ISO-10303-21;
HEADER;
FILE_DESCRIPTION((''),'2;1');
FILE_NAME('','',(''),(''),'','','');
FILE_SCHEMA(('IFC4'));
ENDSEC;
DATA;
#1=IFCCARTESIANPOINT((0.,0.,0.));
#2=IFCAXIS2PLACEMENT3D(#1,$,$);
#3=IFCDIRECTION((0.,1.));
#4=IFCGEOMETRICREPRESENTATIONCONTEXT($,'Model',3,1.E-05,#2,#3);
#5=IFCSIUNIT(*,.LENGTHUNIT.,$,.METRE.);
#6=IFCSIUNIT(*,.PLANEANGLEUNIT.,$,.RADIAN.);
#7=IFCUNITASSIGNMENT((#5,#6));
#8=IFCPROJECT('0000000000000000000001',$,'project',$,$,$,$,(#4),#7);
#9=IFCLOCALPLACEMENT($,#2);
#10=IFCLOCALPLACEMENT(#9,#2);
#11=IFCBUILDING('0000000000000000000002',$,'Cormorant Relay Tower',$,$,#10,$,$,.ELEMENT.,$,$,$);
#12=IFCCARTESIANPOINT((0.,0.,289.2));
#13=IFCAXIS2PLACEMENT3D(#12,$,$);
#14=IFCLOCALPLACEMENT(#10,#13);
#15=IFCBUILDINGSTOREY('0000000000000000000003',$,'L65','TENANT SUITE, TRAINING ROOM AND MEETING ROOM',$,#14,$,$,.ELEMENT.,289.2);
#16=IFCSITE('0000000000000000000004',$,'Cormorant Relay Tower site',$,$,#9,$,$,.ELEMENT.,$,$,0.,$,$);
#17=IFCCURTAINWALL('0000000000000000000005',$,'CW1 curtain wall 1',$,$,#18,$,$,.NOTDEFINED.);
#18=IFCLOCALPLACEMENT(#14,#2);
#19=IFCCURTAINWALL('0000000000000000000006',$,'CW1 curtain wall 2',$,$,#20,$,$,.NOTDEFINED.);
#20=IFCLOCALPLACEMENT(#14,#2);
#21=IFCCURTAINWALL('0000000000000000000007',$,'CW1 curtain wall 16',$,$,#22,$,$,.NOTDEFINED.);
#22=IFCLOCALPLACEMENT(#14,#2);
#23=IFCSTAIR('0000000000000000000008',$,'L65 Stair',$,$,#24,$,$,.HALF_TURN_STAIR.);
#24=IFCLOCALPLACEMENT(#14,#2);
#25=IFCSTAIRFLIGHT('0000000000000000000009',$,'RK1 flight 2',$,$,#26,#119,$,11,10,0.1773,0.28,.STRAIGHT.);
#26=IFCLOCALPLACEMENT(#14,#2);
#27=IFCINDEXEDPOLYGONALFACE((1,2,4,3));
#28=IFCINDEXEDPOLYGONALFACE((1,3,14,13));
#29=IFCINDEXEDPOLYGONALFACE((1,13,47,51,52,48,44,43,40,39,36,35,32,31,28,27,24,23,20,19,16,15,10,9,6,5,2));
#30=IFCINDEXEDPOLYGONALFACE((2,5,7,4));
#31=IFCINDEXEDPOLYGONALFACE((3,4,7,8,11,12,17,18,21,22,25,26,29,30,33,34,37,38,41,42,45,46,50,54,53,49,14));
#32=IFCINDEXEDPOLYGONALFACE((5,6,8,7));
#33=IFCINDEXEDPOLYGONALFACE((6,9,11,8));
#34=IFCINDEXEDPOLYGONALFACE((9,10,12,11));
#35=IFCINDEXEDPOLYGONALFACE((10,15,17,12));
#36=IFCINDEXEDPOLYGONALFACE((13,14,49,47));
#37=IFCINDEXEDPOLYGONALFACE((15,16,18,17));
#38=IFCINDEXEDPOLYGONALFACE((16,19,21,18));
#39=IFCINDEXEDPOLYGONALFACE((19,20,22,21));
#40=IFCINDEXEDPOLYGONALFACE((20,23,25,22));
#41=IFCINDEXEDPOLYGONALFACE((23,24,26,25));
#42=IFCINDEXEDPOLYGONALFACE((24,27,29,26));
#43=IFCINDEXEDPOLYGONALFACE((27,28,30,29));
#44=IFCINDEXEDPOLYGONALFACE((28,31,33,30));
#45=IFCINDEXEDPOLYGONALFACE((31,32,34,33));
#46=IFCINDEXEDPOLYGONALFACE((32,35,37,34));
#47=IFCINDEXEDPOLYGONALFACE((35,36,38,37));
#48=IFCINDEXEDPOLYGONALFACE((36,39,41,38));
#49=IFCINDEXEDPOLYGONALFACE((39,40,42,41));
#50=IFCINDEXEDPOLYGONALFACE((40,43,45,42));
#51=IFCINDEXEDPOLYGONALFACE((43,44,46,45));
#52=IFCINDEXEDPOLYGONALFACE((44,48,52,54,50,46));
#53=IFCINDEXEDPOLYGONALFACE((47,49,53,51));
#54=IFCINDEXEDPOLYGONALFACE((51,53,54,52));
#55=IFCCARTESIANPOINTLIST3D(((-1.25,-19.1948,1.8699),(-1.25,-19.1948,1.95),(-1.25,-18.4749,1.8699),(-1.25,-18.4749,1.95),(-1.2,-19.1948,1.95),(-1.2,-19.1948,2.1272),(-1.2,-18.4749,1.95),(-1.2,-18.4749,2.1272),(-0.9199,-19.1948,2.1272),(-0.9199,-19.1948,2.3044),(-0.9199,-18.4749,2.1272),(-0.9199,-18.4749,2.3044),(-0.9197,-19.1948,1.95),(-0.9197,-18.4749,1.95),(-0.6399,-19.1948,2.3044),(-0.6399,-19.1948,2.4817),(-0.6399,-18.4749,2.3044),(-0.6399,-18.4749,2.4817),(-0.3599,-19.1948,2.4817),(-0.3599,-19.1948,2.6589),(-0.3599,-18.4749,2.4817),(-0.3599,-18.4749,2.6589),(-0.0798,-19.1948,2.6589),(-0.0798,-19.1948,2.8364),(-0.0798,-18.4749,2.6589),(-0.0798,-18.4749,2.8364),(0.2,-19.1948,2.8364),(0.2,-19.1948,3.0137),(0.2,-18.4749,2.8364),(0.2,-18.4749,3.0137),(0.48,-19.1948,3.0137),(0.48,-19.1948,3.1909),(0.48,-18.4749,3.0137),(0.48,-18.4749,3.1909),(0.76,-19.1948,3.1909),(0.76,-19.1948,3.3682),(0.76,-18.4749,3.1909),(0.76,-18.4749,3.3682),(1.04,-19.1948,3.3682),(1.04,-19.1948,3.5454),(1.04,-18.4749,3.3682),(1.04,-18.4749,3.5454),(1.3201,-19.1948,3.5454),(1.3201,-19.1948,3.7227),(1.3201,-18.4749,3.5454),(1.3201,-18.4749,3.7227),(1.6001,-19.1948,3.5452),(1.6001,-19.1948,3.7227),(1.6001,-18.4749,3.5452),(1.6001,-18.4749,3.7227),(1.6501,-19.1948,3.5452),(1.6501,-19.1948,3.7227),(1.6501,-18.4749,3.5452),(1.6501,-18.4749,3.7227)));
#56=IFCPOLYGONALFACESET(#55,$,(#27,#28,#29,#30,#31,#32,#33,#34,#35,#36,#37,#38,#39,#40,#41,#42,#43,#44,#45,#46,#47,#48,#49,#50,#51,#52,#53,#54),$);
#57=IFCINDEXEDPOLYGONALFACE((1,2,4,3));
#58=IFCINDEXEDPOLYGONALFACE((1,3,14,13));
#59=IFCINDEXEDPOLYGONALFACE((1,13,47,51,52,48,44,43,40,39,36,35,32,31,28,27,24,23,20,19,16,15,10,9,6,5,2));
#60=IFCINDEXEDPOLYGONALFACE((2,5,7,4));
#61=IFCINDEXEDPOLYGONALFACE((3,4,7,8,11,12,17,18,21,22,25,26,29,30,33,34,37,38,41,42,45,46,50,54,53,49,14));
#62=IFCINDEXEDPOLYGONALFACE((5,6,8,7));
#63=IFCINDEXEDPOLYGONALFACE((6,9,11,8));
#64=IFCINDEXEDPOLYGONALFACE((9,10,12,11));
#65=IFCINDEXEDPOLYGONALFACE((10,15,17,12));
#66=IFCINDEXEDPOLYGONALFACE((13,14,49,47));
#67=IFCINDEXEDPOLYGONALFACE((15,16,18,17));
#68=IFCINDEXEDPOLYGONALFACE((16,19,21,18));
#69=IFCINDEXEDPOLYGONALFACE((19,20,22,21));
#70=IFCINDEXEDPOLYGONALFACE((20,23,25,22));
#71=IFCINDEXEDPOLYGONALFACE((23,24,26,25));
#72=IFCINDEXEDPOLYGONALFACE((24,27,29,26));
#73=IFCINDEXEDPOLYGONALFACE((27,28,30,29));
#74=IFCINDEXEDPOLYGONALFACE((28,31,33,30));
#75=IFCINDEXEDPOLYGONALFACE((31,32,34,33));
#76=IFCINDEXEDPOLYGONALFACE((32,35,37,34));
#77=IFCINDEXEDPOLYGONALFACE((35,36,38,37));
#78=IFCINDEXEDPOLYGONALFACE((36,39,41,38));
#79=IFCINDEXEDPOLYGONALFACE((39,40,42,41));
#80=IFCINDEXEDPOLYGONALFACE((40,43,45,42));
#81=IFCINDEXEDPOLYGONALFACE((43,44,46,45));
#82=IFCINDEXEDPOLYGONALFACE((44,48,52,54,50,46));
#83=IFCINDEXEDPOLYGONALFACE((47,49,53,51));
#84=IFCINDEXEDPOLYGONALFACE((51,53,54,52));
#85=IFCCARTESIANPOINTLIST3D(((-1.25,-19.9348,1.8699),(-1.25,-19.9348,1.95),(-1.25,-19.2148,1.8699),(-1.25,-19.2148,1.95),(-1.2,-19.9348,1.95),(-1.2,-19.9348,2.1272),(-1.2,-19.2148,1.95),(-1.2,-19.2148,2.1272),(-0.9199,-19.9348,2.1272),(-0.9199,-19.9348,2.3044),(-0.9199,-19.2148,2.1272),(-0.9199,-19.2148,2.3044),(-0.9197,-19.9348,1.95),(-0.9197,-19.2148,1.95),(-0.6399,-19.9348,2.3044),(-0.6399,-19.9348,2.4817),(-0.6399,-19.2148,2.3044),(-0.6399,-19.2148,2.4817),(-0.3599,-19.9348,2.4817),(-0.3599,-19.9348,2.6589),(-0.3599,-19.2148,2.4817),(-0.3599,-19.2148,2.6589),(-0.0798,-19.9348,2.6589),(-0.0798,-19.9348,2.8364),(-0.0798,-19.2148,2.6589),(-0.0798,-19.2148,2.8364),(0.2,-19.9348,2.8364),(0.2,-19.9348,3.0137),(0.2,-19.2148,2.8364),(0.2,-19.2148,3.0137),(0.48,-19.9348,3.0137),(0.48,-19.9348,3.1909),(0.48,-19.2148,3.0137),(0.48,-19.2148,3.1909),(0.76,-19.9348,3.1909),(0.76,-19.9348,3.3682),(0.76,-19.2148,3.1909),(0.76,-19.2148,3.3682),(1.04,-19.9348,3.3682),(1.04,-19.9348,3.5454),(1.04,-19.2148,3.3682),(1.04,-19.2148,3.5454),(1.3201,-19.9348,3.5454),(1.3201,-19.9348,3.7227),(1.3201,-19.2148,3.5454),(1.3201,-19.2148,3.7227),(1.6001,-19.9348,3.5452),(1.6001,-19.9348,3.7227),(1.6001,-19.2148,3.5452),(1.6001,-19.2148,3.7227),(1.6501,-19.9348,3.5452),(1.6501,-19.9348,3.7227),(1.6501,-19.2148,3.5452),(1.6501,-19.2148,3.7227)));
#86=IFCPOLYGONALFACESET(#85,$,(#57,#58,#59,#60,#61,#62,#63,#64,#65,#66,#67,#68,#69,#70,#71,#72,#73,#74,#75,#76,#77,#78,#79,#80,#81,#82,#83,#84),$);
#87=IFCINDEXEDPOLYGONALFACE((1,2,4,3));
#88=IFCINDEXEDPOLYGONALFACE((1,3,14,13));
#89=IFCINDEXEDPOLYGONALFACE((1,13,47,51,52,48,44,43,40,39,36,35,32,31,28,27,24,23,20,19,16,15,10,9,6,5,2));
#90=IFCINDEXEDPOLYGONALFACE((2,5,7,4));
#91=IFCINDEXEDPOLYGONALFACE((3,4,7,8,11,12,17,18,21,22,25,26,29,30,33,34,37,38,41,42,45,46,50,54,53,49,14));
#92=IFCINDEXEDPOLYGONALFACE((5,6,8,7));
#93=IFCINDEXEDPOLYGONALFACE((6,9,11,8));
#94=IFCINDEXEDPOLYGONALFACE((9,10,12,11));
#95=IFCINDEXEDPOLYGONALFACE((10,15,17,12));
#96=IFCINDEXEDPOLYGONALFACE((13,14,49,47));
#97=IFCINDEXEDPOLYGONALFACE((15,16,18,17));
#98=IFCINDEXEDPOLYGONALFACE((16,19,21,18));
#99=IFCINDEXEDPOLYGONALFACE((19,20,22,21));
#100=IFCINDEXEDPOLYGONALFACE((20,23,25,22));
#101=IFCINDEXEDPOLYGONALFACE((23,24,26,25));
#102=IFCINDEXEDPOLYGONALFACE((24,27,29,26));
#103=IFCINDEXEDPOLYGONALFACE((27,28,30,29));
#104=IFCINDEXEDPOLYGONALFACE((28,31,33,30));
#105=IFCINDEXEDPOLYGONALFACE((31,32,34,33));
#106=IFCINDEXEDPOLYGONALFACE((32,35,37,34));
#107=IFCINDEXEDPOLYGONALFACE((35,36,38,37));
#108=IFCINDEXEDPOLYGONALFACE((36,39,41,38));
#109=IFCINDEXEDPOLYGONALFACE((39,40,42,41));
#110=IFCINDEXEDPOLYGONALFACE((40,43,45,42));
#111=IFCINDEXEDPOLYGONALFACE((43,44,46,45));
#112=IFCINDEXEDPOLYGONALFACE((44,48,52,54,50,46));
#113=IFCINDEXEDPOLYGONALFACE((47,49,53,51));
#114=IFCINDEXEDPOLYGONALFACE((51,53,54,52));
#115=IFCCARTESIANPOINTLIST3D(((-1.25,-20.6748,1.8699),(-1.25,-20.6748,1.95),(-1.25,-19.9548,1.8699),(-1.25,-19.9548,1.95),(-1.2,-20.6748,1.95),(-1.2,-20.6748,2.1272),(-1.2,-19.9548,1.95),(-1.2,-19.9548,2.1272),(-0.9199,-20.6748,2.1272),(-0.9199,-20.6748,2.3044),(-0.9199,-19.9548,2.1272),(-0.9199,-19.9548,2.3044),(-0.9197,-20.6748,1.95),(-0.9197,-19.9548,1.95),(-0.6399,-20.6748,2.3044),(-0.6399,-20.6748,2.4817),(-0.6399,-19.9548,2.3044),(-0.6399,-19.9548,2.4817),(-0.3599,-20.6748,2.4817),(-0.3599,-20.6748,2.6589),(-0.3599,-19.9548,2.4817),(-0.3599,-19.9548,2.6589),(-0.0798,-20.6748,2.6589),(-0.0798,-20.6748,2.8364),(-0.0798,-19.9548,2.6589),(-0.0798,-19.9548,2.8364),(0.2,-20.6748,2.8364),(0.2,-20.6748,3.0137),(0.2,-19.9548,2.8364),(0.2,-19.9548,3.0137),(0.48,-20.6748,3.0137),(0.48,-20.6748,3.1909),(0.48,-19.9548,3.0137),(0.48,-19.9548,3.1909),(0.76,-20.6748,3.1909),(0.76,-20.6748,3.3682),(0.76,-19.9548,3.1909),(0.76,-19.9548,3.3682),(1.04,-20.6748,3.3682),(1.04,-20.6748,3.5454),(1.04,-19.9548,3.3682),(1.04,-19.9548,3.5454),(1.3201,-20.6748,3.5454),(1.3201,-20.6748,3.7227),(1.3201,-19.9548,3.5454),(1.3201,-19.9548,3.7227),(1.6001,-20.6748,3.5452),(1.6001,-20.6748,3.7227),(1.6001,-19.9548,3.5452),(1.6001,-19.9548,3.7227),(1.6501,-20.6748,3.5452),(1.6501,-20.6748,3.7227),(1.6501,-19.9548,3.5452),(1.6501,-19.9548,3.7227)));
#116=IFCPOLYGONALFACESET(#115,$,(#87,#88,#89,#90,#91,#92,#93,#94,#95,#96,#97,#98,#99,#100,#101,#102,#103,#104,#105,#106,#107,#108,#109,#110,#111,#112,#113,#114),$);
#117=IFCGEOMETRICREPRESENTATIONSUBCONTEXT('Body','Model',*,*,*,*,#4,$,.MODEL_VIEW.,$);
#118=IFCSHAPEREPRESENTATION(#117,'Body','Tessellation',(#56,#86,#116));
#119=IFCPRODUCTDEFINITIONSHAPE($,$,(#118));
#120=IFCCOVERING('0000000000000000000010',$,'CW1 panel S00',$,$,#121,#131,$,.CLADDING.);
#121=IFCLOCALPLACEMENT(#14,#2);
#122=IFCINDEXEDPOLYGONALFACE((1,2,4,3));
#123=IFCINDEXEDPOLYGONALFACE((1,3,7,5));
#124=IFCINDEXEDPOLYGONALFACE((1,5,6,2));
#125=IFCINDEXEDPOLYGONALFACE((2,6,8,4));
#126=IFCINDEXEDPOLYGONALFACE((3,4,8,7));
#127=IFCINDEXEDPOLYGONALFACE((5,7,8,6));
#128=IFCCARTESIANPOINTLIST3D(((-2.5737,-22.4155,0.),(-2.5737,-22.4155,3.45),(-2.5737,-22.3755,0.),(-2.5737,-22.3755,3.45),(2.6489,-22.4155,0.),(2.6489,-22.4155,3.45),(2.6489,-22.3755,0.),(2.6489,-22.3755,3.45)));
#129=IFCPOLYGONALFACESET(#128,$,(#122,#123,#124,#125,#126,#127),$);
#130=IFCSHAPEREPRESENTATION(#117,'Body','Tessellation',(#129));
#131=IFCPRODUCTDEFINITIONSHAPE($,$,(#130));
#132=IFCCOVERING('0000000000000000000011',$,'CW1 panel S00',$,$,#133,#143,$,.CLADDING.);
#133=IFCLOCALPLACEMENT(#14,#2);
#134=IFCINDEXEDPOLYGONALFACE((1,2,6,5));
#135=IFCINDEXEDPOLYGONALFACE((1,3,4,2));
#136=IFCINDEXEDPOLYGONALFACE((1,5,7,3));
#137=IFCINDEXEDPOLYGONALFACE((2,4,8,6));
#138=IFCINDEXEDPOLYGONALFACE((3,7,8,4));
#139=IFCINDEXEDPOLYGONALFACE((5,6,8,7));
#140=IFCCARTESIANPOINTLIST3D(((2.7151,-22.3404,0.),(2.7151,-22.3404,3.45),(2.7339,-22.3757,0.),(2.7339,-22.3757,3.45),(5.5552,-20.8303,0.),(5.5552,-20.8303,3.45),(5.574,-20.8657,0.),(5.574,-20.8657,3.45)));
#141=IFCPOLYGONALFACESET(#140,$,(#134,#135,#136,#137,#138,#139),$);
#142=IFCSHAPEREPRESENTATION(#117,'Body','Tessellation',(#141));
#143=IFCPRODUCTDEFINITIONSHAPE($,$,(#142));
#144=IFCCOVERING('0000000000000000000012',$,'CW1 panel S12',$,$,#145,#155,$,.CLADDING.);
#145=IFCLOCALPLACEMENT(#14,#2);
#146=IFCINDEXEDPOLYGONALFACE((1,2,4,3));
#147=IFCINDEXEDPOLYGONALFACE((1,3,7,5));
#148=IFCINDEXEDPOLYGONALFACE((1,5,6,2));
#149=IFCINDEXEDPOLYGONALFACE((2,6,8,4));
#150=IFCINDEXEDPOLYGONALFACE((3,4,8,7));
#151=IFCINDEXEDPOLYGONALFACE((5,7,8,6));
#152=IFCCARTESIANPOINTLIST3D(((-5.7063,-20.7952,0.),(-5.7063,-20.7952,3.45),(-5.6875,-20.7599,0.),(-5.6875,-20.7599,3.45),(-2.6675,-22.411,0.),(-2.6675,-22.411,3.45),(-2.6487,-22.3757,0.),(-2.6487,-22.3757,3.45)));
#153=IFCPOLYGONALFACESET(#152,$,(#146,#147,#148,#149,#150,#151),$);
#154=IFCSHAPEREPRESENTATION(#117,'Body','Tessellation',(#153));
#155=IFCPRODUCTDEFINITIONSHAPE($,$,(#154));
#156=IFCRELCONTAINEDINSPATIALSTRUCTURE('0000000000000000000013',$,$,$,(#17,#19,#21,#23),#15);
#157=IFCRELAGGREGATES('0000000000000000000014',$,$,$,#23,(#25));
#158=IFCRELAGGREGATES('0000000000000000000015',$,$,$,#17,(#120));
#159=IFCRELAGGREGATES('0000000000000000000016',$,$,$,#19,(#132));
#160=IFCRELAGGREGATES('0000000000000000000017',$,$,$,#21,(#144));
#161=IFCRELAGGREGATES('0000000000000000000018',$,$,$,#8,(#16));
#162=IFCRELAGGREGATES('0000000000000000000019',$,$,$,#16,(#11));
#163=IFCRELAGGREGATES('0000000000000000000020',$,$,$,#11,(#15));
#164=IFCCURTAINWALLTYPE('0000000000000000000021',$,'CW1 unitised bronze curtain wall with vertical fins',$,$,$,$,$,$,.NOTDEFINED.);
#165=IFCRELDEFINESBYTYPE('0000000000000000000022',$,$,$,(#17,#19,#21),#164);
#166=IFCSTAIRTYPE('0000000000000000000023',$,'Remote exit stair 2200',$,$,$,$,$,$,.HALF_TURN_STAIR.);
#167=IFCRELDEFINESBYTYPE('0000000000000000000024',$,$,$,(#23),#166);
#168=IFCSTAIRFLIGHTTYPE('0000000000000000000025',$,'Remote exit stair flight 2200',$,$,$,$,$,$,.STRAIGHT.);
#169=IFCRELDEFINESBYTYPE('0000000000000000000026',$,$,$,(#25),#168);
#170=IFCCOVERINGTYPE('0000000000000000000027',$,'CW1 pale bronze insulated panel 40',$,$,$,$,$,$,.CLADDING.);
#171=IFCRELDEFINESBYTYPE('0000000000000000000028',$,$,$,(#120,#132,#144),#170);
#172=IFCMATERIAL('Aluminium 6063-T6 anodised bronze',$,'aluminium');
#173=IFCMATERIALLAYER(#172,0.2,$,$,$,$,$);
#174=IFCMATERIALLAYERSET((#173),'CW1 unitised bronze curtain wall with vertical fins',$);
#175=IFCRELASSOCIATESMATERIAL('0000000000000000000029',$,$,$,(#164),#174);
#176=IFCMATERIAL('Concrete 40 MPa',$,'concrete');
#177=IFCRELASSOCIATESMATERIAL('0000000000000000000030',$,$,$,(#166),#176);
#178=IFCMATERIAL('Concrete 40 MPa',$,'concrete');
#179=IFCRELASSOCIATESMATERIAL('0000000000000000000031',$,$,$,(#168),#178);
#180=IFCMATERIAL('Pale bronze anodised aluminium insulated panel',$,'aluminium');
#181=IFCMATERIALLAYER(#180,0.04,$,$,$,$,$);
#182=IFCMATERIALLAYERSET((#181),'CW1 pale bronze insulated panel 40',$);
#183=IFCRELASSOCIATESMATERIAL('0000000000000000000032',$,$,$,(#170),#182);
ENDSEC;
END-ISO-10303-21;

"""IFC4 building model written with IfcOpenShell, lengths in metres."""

from ifc_helpers import new_model, si_unit, direction, frame, origin, origin_2d, place, context, subcontext, project, spatial, polyline, rectangle, outline, extrude, material, layer, layer_set, type_object, element, aggregate, save


model = new_model("IFC4")

# Units and contexts
model_context = context("Model", 3, precision=1e-05, world=origin(), true_north=direction((0.0, 1.0)))
body_context = subcontext(model_context, "Body", "Model", "MODEL_VIEW")
ifc_project = project(units=[si_unit("LENGTHUNIT", "METRE"), si_unit("PLANEANGLEUNIT", "RADIAN")], contexts=[model_context])

# Site, building, storey
site_placement = place(None, origin())
site = spatial("IfcSite", under=ifc_project, at=site_placement, Name="Cormorant Relay Tower site", CompositionType="ELEMENT", RefElevation=0.0)
building_placement = place(site_placement, origin())
building = spatial("IfcBuilding", under=site, at=building_placement, Name="Cormorant Relay Tower", CompositionType="ELEMENT")
storey_placement = place(building_placement, frame((0.0, 0.0, 289.2)))
storey = spatial("IfcBuildingStorey", under=building, at=storey_placement, Name="L65", Description="TENANT SUITE, TRAINING ROOM AND MEETING ROOM", CompositionType="ELEMENT", Elevation=289.2)

# Curtain wall
ifc_material_1 = material(Name="Aluminium 6063-T6 anodised bronze", Category="aluminium")
ifc_layer_1 = layer(ifc_material_1, 0.2)
ifc_layer_set_1 = layer_set([ifc_layer_1], Name="CW1 unitised bronze curtain wall with vertical fins")
curtain_wall_type = type_object("IfcCurtainWallType", Name="CW1 unitised bronze curtain wall with vertical fins", PredefinedType="NOTDEFINED", material=ifc_layer_set_1)
curtain_wall_1_placement = place(storey_placement, origin())
curtain_wall_1 = element("IfcCurtainWall", 1, at=curtain_wall_1_placement, inside=storey, type_object=curtain_wall_type, Name="CW1 curtain wall 1", PredefinedType="NOTDEFINED")

# Curtain wall
curtain_wall_2_placement = place(storey_placement, origin())
curtain_wall_2 = element("IfcCurtainWall", 2, at=curtain_wall_2_placement, inside=storey, type_object=curtain_wall_type, Name="CW1 curtain wall 2", PredefinedType="NOTDEFINED")

# Curtain wall
curtain_wall_3_placement = place(storey_placement, origin())
curtain_wall_3 = element("IfcCurtainWall", 3, at=curtain_wall_3_placement, inside=storey, type_object=curtain_wall_type, Name="CW1 curtain wall 16", PredefinedType="NOTDEFINED")

# Stair, stair flight
ifc_material_2 = material(Name="Concrete 40 MPa", Category="concrete")
stair_type = type_object("IfcStairType", Name="Remote exit stair 2200", PredefinedType="HALF_TURN_STAIR", material=ifc_material_2)
stair_placement = place(storey_placement, origin())
stair = element("IfcStair", 4, at=stair_placement, inside=storey, type_object=stair_type, Name="L65 Stair", PredefinedType="HALF_TURN_STAIR")
ifc_material_3 = material(Name="Concrete 40 MPa", Category="concrete")
stair_flight_type = type_object("IfcStairFlightType", Name="Remote exit stair flight 2200", PredefinedType="STRAIGHT", material=ifc_material_3)
stair_flight_placement = place(storey_placement, frame((-1.2, -19.575, 1.95), z_axis=(0.0, 0.0, 1.0), x_axis=(1.0, 0.0, 0.0)))
stair_flight = element("IfcStairFlight", 5, at=stair_flight_placement, type_object=stair_flight_type, Name="RK1 flight 2", NumberOfRisers=11, NumberOfTreads=10, PredefinedType="STRAIGHT", RiserHeight=0.1773, TreadLength=0.28, context=body_context, shape_type="SweptSolid", body=[
    extrude(outline(polyline([(-0.05, -0.0801), (-0.05, 0.0), (0.0, 0.0), (0.0, 0.1772), (0.28, 0.1772), (0.28, 0.3545), (0.5601, 0.3545), (0.5601, 0.5317), (0.8401, 0.5317), (0.8401, 0.709), (1.1201, 0.709), (1.1201, 0.8865), (1.3999, 0.8865), (1.3999, 1.0637), (1.6799, 1.0637), (1.6799, 1.241), (1.96, 1.241), (1.96, 1.4182), (2.24, 1.4182), (2.24, 1.5955), (2.52, 1.5955), (2.52, 1.7727), (2.8, 1.7727), (2.8501, 1.7727), (2.8501, 1.5952), (2.8, 1.5952), (0.2803, 0.0), (-0.05, -0.0801)])), frame((0.0, 1.1001, 0.0), z_axis=(0.0, -1.0, 0.0), x_axis=(1.0, 0.0, 0.0)), (0.0, 0.0, 1.0), 0.72),
    extrude(outline(polyline([(-0.05, -0.0801), (-0.05, 0.0), (0.0, 0.0), (0.0, 0.1772), (0.28, 0.1772), (0.28, 0.3545), (0.5601, 0.3545), (0.5601, 0.5317), (0.8401, 0.5317), (0.8401, 0.709), (1.1201, 0.709), (1.1201, 0.8865), (1.3999, 0.8865), (1.3999, 1.0637), (1.6799, 1.0637), (1.6799, 1.241), (1.96, 1.241), (1.96, 1.4182), (2.24, 1.4182), (2.24, 1.5955), (2.52, 1.5955), (2.52, 1.7727), (2.8, 1.7727), (2.8501, 1.7727), (2.8501, 1.5952), (2.8, 1.5952), (0.2803, 0.0), (-0.05, -0.0801)])), frame((0.0, 0.3601, 0.0), z_axis=(0.0, -1.0, 0.0), x_axis=(1.0, 0.0, 0.0)), (0.0, 0.0, 1.0), 0.72),
    extrude(outline(polyline([(-0.05, -0.0801), (-0.05, 0.0), (0.0, 0.0), (0.0, 0.1772), (0.28, 0.1772), (0.28, 0.3545), (0.5601, 0.3545), (0.5601, 0.5317), (0.8401, 0.5317), (0.8401, 0.709), (1.1201, 0.709), (1.1201, 0.8865), (1.3999, 0.8865), (1.3999, 1.0637), (1.6799, 1.0637), (1.6799, 1.241), (1.96, 1.241), (1.96, 1.4182), (2.24, 1.4182), (2.24, 1.5955), (2.52, 1.5955), (2.52, 1.7727), (2.8, 1.7727), (2.8501, 1.7727), (2.8501, 1.5952), (2.8, 1.5952), (0.2803, 0.0), (-0.05, -0.0801)])), frame((0.0, -0.3799, 0.0), z_axis=(0.0, -1.0, 0.0), x_axis=(1.0, 0.0, 0.0)), (0.0, 0.0, 1.0), 0.72),
])
aggregate(stair, [stair_flight])

# Coverings
ifc_material_4 = material(Name="Pale bronze anodised aluminium insulated panel", Category="aluminium")
ifc_layer_2 = layer(ifc_material_4, 0.04)
ifc_layer_set_2 = layer_set([ifc_layer_2], Name="CW1 pale bronze insulated panel 40")
covering_type = type_object("IfcCoveringType", Name="CW1 pale bronze insulated panel 40", PredefinedType="CLADDING", material=ifc_layer_set_2)
covering_1_placement = place(storey_placement, frame((0.0376, -22.3955, 0.0), z_axis=(0.0, 0.0, 1.0), x_axis=(1.0, 0.0, 0.0)))
covering_1 = element("IfcCovering", 6, at=covering_1_placement, type_object=covering_type, Name="CW1 panel S00", PredefinedType="CLADDING", context=body_context, shape_type="SweptSolid", body=[
    extrude(rectangle(XDim=5.2227, YDim=0.04, at=origin_2d()), origin(), (0.0, 0.0, 1.0), 3.45),
])
aggregate(curtain_wall_1, [covering_1])
covering_2_placement = place(storey_placement, frame((4.1445, -21.603, 0.0), z_axis=(0.0, 0.0, 1.0), x_axis=(0.882948, 0.469472, 0.0)))
covering_2 = element("IfcCovering", 7, at=covering_2_placement, type_object=covering_type, Name="CW1 panel S00", PredefinedType="CLADDING", context=body_context, shape_type="SweptSolid", body=[
    extrude(rectangle(XDim=3.2166, YDim=0.04, at=origin_2d()), origin(), (0.0, 0.0, 1.0), 3.45),
])
aggregate(curtain_wall_2, [covering_2])
covering_3_placement = place(storey_placement, frame((-4.1775, -21.5854, 0.0), z_axis=(0.0, 0.0, 1.0), x_axis=(0.882948, -0.469472, 0.0)))
covering_3 = element("IfcCovering", 8, at=covering_3_placement, type_object=covering_type, Name="CW1 panel S12", PredefinedType="CLADDING", context=body_context, shape_type="SweptSolid", body=[
    extrude(rectangle(XDim=3.4417, YDim=0.04, at=origin_2d()), origin(), (0.0, 0.0, 1.0), 3.45),
])
aggregate(curtain_wall_3, [covering_3])

save(model, "model.ifc")
